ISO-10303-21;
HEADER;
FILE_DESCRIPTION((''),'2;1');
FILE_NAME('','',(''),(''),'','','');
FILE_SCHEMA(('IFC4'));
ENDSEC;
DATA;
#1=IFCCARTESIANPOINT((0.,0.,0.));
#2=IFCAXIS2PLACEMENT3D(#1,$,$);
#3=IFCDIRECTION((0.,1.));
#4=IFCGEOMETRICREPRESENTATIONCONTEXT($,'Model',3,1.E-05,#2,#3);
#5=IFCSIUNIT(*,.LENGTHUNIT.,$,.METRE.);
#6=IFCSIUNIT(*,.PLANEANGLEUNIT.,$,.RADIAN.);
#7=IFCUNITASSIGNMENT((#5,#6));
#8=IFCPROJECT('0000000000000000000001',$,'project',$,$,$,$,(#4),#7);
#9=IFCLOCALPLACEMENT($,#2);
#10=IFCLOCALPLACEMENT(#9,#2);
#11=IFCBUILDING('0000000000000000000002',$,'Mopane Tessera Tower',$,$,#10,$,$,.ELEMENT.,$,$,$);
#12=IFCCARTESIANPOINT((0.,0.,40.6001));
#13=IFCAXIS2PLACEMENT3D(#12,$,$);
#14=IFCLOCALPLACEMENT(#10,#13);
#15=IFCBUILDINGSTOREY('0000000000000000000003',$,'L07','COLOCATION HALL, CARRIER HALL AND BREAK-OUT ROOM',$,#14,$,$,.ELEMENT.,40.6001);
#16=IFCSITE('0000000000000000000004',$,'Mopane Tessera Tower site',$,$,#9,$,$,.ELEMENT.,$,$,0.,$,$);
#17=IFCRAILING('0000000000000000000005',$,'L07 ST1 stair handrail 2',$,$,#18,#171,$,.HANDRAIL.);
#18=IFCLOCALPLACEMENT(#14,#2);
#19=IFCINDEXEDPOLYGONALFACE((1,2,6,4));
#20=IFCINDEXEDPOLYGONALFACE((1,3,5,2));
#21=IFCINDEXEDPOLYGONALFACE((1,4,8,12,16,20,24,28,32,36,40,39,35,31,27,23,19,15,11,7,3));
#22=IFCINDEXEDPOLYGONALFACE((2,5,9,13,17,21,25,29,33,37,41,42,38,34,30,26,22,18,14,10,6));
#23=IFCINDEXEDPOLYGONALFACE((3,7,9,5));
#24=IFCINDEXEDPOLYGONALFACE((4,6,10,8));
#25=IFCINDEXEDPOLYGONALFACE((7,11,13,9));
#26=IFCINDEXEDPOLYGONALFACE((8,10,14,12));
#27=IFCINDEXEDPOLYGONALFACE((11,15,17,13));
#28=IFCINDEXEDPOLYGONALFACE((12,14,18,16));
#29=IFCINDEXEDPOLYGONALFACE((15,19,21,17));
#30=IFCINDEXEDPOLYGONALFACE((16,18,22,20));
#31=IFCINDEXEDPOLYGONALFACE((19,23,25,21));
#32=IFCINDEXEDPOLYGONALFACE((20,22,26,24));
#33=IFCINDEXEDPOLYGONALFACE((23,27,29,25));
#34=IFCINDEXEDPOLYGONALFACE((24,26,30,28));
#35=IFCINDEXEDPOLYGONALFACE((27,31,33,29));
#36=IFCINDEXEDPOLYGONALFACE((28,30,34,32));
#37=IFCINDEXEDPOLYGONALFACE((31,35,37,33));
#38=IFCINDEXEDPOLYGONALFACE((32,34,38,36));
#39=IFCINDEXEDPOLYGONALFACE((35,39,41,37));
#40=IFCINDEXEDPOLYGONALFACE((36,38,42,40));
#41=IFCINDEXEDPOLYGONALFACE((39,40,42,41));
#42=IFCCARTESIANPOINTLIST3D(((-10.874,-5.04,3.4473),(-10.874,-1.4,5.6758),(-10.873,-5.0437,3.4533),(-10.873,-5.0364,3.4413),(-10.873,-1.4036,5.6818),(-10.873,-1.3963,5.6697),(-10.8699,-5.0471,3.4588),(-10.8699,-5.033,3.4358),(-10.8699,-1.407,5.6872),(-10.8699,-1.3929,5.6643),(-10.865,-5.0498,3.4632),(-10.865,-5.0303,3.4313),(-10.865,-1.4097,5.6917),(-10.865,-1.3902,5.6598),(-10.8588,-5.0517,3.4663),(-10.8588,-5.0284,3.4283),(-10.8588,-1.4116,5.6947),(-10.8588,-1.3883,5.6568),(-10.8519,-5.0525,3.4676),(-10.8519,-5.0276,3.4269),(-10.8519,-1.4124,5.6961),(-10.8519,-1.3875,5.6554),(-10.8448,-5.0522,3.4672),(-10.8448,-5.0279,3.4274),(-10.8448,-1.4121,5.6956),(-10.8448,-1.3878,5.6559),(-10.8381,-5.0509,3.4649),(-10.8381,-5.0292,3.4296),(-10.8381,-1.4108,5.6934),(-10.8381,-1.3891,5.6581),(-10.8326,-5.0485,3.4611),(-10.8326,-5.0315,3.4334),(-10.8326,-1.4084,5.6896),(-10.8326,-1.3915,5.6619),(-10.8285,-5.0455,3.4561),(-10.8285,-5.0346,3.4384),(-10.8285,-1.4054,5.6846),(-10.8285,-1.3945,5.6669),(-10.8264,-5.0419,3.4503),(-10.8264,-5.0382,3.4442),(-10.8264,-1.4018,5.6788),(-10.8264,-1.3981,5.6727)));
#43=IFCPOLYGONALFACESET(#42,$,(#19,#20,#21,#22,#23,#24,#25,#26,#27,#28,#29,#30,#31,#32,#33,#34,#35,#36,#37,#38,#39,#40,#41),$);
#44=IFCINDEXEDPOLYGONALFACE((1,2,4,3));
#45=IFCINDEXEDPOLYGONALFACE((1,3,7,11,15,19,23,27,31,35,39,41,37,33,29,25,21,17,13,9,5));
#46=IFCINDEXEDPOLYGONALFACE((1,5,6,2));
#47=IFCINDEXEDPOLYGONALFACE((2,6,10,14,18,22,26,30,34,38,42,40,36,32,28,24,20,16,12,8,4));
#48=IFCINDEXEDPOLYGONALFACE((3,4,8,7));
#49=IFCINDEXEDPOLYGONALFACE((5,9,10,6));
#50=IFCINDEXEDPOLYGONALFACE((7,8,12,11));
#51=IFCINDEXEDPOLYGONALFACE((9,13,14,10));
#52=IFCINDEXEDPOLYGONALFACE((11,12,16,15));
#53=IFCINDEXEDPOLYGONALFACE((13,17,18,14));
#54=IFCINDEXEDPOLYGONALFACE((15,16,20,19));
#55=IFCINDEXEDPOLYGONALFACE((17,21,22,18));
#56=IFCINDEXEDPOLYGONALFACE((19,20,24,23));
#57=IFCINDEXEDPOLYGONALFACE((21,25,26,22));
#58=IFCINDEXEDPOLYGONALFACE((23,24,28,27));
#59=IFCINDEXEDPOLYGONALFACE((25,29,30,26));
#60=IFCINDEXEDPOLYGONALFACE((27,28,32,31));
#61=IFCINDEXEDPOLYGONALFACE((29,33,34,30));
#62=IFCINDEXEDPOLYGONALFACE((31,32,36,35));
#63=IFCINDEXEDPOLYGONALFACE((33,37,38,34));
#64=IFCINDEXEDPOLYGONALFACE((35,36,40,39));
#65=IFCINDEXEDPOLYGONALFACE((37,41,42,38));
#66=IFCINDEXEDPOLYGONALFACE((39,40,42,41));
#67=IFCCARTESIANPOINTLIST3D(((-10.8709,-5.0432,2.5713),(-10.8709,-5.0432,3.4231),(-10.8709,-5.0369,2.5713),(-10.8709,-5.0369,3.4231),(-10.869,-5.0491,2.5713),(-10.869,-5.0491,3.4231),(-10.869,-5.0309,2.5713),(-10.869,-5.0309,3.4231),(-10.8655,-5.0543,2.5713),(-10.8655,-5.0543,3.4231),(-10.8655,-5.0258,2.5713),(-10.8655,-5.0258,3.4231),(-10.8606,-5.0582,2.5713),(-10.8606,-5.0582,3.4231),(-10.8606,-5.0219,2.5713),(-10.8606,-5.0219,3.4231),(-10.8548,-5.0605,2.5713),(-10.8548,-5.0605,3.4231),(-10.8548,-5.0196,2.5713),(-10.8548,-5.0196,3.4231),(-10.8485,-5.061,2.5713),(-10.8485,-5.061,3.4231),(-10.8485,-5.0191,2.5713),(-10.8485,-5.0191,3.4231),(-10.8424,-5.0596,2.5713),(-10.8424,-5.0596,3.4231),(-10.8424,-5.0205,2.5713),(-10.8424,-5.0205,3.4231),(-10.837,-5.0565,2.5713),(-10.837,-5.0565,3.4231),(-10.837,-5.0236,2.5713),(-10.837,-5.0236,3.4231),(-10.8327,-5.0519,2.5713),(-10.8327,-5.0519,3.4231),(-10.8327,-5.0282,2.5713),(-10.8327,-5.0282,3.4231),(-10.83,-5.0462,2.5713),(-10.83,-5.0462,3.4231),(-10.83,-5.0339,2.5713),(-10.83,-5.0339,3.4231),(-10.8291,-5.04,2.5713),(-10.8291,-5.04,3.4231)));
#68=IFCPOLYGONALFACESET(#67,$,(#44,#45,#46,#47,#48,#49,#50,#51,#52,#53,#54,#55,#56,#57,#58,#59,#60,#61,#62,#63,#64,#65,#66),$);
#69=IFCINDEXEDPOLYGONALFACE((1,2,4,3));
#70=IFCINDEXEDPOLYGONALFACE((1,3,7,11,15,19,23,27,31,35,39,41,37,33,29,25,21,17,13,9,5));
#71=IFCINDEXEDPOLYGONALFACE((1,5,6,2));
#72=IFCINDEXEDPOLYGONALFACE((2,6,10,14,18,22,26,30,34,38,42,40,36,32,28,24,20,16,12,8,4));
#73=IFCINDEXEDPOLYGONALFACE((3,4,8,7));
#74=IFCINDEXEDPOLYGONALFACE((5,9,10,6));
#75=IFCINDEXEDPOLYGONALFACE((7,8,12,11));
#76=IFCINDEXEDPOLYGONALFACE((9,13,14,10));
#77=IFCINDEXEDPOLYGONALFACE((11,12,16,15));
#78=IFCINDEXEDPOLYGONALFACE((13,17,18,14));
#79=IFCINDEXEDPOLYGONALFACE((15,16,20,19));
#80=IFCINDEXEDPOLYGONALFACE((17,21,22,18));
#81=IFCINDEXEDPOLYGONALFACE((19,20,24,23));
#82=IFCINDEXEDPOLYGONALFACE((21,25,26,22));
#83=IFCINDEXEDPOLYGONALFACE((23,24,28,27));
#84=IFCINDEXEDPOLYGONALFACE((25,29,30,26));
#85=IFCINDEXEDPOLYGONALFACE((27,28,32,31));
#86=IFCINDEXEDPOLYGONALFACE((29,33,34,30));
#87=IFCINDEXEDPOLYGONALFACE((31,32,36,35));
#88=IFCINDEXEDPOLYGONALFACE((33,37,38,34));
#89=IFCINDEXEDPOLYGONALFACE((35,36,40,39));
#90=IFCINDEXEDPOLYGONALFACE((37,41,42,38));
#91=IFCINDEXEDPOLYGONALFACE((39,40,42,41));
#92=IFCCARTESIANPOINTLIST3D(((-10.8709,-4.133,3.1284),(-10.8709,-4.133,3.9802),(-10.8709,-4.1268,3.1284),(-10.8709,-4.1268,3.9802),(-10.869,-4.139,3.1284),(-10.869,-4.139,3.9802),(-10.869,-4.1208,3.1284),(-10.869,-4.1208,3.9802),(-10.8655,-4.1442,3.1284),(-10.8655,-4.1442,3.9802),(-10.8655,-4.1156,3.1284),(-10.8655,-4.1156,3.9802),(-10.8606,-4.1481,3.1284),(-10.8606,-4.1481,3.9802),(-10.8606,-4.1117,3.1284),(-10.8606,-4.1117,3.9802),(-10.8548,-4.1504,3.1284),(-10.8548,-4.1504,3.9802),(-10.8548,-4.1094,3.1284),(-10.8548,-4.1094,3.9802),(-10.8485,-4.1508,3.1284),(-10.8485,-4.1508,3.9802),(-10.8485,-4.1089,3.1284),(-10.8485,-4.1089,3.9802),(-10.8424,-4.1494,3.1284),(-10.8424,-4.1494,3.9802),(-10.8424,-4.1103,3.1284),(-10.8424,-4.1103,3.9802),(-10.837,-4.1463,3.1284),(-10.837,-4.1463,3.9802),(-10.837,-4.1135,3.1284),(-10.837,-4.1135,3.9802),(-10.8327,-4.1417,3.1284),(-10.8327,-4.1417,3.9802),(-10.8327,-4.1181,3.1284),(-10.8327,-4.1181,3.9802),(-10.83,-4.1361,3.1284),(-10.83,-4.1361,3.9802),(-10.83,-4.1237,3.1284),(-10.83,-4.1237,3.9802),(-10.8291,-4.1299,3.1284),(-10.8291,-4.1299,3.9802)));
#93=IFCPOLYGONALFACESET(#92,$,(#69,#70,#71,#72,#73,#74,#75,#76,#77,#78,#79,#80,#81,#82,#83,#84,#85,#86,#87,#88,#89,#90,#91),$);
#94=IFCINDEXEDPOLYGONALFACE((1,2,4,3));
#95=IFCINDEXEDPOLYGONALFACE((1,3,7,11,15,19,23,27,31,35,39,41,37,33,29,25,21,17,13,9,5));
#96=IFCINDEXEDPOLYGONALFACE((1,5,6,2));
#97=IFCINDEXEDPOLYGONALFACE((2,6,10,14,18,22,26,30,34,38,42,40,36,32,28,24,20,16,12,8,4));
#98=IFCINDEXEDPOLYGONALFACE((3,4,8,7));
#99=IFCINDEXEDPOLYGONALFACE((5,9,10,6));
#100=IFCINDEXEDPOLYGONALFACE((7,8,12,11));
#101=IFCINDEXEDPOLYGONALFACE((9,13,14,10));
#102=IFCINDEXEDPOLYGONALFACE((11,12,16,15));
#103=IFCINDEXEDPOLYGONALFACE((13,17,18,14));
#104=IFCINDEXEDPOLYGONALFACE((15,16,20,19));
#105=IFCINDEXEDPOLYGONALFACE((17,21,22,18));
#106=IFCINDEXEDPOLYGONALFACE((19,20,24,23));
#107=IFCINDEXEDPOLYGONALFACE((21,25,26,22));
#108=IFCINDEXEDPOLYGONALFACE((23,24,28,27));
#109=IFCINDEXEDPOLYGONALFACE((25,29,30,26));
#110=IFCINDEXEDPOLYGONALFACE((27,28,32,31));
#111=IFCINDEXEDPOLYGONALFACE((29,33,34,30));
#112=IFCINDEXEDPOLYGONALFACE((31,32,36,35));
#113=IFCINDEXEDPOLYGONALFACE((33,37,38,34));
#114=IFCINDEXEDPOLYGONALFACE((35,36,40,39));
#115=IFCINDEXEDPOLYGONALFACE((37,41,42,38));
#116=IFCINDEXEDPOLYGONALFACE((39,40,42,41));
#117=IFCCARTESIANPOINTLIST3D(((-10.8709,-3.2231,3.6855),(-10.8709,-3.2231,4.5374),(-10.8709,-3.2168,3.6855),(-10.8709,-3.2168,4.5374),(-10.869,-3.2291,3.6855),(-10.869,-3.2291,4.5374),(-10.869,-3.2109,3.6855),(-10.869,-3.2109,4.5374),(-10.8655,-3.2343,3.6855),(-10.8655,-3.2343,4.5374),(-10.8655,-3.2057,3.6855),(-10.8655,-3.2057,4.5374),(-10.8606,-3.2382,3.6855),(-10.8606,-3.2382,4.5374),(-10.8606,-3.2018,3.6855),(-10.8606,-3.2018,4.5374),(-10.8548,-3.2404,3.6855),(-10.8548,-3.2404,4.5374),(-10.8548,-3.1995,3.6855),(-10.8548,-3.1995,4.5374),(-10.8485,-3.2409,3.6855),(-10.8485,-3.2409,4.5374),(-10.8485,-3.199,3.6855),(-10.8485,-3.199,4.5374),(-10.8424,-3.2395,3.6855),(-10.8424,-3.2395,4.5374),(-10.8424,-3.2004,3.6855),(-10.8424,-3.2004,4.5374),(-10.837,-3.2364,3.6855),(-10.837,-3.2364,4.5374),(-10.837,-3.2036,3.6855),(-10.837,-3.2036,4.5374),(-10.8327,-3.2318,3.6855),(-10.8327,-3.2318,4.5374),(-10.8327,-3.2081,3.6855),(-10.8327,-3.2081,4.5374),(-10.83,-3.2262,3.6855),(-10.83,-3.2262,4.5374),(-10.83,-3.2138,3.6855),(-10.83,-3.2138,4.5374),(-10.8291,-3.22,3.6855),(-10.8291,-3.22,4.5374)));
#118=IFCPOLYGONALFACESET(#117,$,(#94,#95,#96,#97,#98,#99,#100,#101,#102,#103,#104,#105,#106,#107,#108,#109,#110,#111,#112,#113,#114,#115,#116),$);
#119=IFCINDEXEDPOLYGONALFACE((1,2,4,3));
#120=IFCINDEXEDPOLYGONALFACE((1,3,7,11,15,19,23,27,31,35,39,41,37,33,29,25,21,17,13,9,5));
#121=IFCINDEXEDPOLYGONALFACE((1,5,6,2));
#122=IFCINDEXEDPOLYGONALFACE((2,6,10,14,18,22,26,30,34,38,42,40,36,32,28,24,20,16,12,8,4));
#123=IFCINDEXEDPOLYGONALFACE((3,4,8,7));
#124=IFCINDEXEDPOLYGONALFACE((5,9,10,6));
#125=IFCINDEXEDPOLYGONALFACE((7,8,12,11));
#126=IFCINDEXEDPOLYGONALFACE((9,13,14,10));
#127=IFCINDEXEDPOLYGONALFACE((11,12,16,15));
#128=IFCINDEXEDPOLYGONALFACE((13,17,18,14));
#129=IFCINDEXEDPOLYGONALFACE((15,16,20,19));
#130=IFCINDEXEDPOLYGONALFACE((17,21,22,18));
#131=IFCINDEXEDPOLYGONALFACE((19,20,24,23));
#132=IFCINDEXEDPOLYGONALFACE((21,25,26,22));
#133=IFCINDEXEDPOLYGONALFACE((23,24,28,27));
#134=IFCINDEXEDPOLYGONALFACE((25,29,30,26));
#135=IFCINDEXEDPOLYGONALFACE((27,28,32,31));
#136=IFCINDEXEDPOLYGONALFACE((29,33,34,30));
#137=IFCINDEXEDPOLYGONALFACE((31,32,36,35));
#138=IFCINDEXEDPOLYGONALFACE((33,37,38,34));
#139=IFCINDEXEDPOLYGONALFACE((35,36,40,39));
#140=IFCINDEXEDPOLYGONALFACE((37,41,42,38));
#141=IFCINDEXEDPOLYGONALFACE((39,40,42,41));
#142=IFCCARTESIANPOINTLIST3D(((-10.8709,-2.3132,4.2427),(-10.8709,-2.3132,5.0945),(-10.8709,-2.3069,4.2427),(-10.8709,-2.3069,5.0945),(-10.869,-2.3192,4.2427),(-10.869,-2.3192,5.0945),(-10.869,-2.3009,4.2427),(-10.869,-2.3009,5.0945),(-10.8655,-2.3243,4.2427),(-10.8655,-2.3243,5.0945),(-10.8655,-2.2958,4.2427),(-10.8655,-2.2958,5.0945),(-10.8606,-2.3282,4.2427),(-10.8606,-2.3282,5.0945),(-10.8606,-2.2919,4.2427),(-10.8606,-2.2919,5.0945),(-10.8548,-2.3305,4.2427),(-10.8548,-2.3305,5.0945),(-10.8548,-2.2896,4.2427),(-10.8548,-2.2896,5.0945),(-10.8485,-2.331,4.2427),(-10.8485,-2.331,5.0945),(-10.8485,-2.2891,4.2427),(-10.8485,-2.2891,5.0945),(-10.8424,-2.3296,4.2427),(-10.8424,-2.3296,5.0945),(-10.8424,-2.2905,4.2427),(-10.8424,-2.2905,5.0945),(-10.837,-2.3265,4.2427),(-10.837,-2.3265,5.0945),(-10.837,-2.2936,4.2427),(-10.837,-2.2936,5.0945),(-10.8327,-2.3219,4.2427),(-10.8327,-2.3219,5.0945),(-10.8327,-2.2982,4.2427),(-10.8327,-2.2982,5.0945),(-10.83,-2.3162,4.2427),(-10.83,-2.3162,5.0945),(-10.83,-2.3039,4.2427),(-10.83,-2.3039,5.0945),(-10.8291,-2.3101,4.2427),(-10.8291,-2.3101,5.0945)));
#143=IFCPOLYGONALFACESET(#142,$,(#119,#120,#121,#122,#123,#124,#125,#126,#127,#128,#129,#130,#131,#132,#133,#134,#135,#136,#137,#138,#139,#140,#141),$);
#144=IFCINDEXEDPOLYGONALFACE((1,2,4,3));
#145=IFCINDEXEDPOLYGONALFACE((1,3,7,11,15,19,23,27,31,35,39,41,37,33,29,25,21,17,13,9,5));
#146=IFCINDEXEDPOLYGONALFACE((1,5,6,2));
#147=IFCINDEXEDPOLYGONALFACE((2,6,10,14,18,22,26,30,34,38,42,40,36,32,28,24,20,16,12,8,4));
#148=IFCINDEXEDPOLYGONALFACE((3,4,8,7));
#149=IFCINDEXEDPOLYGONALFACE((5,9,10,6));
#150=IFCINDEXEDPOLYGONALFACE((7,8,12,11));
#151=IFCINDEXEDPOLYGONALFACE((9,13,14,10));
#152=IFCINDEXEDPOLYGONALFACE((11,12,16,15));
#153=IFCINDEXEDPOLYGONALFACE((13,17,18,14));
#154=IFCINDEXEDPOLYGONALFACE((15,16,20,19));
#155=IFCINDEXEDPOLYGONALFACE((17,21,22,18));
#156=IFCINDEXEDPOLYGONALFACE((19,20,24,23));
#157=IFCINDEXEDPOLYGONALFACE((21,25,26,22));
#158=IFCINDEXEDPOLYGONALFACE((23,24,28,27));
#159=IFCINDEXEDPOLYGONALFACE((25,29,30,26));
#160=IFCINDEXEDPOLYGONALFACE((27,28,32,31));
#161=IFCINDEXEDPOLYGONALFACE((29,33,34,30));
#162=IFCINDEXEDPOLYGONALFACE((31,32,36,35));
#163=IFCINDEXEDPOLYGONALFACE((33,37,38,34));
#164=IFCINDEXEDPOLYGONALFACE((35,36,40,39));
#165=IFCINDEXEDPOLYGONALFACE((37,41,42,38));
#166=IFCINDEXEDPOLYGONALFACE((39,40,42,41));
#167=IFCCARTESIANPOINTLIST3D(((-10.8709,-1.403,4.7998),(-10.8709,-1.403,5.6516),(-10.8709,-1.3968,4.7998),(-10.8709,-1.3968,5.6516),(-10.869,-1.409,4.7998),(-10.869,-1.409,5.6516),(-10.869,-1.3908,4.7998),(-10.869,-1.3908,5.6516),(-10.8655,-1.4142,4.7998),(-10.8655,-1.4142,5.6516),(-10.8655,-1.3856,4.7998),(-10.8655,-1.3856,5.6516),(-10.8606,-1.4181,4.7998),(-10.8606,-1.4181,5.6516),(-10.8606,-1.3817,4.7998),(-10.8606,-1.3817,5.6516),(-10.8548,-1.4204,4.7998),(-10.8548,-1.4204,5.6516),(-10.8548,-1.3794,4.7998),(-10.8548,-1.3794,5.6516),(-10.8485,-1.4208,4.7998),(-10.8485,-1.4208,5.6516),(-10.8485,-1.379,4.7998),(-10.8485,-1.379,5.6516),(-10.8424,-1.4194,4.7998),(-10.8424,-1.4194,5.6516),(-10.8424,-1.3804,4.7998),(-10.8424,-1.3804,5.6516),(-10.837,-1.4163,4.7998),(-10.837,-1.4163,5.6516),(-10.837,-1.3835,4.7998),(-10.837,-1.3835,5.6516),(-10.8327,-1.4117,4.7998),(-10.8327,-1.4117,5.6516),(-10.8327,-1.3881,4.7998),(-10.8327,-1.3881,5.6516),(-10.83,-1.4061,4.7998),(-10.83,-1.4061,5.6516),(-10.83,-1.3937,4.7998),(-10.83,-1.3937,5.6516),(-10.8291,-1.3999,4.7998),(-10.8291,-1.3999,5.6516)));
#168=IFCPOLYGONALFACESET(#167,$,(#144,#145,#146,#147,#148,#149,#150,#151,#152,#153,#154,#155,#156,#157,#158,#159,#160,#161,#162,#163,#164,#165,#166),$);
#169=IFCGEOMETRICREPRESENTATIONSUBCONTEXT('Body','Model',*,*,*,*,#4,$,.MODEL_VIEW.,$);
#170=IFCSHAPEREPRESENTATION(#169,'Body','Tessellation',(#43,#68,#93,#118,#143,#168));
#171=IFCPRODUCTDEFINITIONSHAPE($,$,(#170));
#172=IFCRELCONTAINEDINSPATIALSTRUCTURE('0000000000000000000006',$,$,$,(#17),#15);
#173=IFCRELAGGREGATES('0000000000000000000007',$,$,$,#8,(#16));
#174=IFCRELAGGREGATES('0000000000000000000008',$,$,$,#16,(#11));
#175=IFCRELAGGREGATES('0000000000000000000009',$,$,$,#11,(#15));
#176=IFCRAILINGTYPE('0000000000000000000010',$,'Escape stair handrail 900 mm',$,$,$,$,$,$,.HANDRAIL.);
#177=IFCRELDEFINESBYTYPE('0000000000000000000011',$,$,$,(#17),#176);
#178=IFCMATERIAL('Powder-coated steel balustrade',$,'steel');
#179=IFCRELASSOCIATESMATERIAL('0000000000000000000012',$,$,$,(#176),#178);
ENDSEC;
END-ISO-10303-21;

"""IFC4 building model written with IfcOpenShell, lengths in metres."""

from ifc_helpers import new_model, si_unit, direction, frame, origin, origin_2d, place, context, subcontext, project, spatial, circle, extrude, material, type_object, element, save


model = new_model("IFC4")

# Units and contexts
model_context = context("Model", 3, precision=1e-05, world=origin(), true_north=direction((0.0, 1.0)))
body_context = subcontext(model_context, "Body", "Model", "MODEL_VIEW")
ifc_project = project(units=[si_unit("LENGTHUNIT", "METRE"), si_unit("PLANEANGLEUNIT", "RADIAN")], contexts=[model_context])

# Site, building, storey
site_placement = place(None, origin())
site = spatial("IfcSite", under=ifc_project, at=site_placement, Name="Mopane Tessera Tower site", CompositionType="ELEMENT", RefElevation=0.0)
building_placement = place(site_placement, origin())
building = spatial("IfcBuilding", under=site, at=building_placement, Name="Mopane Tessera Tower", CompositionType="ELEMENT")
storey_placement = place(building_placement, frame((0.0, 0.0, 40.6001)))
storey = spatial("IfcBuildingStorey", under=building, at=storey_placement, Name="L07", Description="COLOCATION HALL, CARRIER HALL AND BREAK-OUT ROOM", CompositionType="ELEMENT", Elevation=40.6001)

# Railing
ifc_material_1 = material(Name="Powder-coated steel balustrade", Category="steel")
railing_type_1 = type_object("IfcRailingType", Name="Escape stair handrail 900 mm", PredefinedType="HANDRAIL", material=ifc_material_1)
railing_1_placement = place(storey_placement, frame((-10.8501, -5.04, 2.5713)))
element("IfcRailing", 1, at=railing_1_placement, inside=storey, type_object=railing_type_1, Name="L07 ST1 stair handrail 2", PredefinedType="HANDRAIL", context=body_context, shape_type="SweptSolid", body=[
    extrude(circle(Radius=0.0239, at=origin_2d()), frame((0.0, 0.0, 0.876), z_axis=(0.0, 0.852866, 0.52213), x_axis=(-1.0, 0.0, 0.0)), (0.0, 0.0, 1.0), 4.2681),
    extrude(circle(Radius=0.021, at=origin_2d()), origin(), (0.0, 0.0, 1.0), 0.8518),
    extrude(circle(Radius=0.021, at=origin_2d()), frame((0.0, 0.9102, 0.5571)), (0.0, 0.0, 1.0), 0.8518),
    extrude(circle(Radius=0.021, at=origin_2d()), frame((0.0, 1.8201, 1.1143)), (0.0, 0.0, 1.0), 0.8518),
    extrude(circle(Radius=0.021, at=origin_2d()), frame((0.0, 2.73, 1.6714)), (0.0, 0.0, 1.0), 0.8518),
    extrude(circle(Radius=0.021, at=origin_2d()), frame((0.0, 3.6401, 2.2285)), (0.0, 0.0, 1.0), 0.8518),
])

save(model, "model.ifc")
